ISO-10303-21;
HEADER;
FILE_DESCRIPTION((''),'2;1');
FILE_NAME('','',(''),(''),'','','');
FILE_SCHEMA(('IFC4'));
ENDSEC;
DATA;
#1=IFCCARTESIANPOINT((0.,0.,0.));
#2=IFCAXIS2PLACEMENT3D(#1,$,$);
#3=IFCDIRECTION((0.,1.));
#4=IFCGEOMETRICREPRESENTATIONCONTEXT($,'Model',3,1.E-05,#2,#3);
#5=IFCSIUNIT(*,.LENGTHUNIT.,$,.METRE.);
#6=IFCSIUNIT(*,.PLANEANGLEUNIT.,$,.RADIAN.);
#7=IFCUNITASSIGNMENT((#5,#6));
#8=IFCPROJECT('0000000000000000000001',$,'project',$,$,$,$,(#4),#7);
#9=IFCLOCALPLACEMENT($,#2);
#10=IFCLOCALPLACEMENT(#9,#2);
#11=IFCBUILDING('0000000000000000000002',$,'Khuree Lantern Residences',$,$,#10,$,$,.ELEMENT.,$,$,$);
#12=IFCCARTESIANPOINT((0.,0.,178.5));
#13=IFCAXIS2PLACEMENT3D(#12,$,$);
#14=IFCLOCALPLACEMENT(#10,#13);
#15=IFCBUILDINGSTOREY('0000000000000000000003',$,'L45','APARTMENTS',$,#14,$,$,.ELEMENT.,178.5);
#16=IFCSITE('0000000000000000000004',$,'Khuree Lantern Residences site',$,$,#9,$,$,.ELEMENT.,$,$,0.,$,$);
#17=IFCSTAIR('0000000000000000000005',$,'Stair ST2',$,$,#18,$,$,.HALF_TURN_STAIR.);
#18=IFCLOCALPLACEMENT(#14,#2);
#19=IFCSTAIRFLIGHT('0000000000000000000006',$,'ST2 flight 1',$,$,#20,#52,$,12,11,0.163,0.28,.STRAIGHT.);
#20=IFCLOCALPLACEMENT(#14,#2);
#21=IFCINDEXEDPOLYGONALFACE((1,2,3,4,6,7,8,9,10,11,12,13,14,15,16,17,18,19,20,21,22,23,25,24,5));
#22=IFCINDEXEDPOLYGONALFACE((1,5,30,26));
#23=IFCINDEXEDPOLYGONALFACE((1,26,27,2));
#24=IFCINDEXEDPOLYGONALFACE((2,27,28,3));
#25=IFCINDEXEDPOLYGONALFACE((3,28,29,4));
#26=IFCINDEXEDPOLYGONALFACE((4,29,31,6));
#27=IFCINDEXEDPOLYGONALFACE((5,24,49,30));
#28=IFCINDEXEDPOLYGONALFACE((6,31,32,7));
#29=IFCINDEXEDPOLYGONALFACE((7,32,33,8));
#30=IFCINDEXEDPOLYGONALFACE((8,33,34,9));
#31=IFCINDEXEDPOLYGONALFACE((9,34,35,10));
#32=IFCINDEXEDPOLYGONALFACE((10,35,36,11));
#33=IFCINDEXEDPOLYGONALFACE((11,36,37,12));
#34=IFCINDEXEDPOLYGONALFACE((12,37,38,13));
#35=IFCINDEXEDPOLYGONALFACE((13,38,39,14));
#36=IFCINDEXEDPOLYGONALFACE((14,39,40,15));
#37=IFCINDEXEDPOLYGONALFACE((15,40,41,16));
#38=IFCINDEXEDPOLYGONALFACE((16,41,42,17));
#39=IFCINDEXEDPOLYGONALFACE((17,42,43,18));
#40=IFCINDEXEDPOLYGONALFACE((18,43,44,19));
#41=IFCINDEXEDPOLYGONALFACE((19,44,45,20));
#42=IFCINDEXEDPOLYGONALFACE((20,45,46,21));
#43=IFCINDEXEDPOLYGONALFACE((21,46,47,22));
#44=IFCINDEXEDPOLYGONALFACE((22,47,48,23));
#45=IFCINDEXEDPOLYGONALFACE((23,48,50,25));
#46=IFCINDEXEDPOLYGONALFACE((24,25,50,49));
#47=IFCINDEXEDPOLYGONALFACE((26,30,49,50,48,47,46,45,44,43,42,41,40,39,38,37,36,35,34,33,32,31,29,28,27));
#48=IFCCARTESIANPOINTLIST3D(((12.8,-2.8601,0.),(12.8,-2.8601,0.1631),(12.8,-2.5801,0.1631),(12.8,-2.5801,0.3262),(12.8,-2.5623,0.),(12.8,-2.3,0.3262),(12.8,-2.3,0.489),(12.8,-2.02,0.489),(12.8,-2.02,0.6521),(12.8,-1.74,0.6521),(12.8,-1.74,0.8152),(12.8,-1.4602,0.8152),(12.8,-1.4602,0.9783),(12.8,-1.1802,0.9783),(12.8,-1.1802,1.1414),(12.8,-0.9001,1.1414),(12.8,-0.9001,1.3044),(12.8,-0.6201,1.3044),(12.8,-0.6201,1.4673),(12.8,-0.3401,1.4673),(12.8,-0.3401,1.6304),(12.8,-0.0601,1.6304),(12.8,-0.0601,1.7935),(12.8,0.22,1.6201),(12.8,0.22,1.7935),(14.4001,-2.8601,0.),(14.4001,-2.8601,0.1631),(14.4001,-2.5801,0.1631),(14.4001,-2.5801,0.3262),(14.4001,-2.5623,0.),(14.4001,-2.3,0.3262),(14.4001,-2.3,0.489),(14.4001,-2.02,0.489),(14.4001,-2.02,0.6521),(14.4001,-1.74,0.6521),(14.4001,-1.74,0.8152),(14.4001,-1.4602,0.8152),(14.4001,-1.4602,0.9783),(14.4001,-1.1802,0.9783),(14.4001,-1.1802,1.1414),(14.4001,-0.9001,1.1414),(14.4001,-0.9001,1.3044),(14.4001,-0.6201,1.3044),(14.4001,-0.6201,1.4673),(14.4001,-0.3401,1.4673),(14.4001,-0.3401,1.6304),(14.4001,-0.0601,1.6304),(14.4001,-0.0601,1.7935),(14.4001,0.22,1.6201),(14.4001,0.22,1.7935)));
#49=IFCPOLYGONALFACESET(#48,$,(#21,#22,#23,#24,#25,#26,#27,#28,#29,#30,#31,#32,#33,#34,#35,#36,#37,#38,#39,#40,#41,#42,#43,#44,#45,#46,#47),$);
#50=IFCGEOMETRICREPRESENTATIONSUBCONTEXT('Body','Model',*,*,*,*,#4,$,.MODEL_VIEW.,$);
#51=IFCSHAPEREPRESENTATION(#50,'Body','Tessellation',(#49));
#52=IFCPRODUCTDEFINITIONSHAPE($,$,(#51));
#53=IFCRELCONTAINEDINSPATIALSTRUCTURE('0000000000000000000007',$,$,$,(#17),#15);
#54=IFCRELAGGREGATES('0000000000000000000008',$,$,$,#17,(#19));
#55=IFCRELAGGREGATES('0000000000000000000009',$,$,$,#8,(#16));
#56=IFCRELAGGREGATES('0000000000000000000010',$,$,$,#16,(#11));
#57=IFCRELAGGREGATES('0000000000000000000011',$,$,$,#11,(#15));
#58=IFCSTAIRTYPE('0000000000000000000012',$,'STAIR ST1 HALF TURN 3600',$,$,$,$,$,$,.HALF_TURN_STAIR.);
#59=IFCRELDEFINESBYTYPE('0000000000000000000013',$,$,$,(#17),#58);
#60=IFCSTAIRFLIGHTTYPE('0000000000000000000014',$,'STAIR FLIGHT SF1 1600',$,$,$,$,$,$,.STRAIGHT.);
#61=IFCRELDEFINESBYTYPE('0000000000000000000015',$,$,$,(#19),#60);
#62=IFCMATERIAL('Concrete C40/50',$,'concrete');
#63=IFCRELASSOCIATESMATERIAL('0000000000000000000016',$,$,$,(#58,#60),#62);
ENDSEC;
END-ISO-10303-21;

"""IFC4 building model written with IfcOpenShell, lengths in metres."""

from ifc_helpers import new_model, si_unit, direction, frame, origin, place, context, subcontext, project, spatial, polyline, outline, extrude, material, type_object, element, aggregate, save


model = new_model("IFC4")

# Units and contexts
model_context = context("Model", 3, precision=1e-05, world=origin(), true_north=direction((0.0, 1.0)))
body_context = subcontext(model_context, "Body", "Model", "MODEL_VIEW")
ifc_project = project(units=[si_unit("LENGTHUNIT", "METRE"), si_unit("PLANEANGLEUNIT", "RADIAN")], contexts=[model_context])

# Site, building, storey
site_placement = place(None, origin())
site = spatial("IfcSite", under=ifc_project, at=site_placement, Name="Khuree Lantern Residences site", CompositionType="ELEMENT", RefElevation=0.0)
building_placement = place(site_placement, origin())
building = spatial("IfcBuilding", under=site, at=building_placement, Name="Khuree Lantern Residences", CompositionType="ELEMENT")
storey_placement = place(building_placement, frame((0.0, 0.0, 178.5)))
storey = spatial("IfcBuildingStorey", under=building, at=storey_placement, Name="L45", Description="APARTMENTS", CompositionType="ELEMENT", Elevation=178.5)

# Stair, stair flight
ifc_material_1 = material(Name="Concrete C40/50", Category="concrete")
stair_type = type_object("IfcStairType", Name="STAIR ST1 HALF TURN 3600", PredefinedType="HALF_TURN_STAIR", material=ifc_material_1)
stair_placement = place(storey_placement, origin())
stair = element("IfcStair", 1, at=stair_placement, inside=storey, type_object=stair_type, Name="Stair ST2", PredefinedType="HALF_TURN_STAIR")
stair_flight_type = type_object("IfcStairFlightType", Name="STAIR FLIGHT SF1 1600", PredefinedType="STRAIGHT", material=ifc_material_1)
stair_flight_placement = place(storey_placement, frame((13.6001, -2.8601, 0.0), z_axis=(0.0, 0.0, 1.0), x_axis=(0.0, 1.0, 0.0)))
stair_flight = element("IfcStairFlight", 2, at=stair_flight_placement, type_object=stair_flight_type, Name="ST2 flight 1", NumberOfRisers=12, NumberOfTreads=11, PredefinedType="STRAIGHT", RiserHeight=0.163, TreadLength=0.28, context=body_context, shape_type="SweptSolid", body=[
    extrude(outline(polyline([(0.0, 0.0), (0.0, 0.1631), (0.28, 0.1631), (0.28, 0.3262), (0.5601, 0.3262), (0.5601, 0.489), (0.8401, 0.489), (0.8401, 0.6521), (1.1201, 0.6521), (1.1201, 0.8152), (1.3999, 0.8152), (1.3999, 0.9783), (1.6799, 0.9783), (1.6799, 1.1414), (1.96, 1.1414), (1.96, 1.3044), (2.24, 1.3044), (2.24, 1.4673), (2.52, 1.4673), (2.52, 1.6304), (2.8, 1.6304), (2.8, 1.7935), (3.0801, 1.7935), (3.0801, 1.9565), (3.0801, 1.6201), (0.2979, 0.0), (0.0, 0.0)])), frame((0.0, 0.8, 0.0), z_axis=(0.0, -1.0, 0.0), x_axis=(1.0, 0.0, 0.0)), (0.0, 0.0, 1.0), 1.6001),
])
aggregate(stair, [stair_flight])

save(model, "model.ifc")
